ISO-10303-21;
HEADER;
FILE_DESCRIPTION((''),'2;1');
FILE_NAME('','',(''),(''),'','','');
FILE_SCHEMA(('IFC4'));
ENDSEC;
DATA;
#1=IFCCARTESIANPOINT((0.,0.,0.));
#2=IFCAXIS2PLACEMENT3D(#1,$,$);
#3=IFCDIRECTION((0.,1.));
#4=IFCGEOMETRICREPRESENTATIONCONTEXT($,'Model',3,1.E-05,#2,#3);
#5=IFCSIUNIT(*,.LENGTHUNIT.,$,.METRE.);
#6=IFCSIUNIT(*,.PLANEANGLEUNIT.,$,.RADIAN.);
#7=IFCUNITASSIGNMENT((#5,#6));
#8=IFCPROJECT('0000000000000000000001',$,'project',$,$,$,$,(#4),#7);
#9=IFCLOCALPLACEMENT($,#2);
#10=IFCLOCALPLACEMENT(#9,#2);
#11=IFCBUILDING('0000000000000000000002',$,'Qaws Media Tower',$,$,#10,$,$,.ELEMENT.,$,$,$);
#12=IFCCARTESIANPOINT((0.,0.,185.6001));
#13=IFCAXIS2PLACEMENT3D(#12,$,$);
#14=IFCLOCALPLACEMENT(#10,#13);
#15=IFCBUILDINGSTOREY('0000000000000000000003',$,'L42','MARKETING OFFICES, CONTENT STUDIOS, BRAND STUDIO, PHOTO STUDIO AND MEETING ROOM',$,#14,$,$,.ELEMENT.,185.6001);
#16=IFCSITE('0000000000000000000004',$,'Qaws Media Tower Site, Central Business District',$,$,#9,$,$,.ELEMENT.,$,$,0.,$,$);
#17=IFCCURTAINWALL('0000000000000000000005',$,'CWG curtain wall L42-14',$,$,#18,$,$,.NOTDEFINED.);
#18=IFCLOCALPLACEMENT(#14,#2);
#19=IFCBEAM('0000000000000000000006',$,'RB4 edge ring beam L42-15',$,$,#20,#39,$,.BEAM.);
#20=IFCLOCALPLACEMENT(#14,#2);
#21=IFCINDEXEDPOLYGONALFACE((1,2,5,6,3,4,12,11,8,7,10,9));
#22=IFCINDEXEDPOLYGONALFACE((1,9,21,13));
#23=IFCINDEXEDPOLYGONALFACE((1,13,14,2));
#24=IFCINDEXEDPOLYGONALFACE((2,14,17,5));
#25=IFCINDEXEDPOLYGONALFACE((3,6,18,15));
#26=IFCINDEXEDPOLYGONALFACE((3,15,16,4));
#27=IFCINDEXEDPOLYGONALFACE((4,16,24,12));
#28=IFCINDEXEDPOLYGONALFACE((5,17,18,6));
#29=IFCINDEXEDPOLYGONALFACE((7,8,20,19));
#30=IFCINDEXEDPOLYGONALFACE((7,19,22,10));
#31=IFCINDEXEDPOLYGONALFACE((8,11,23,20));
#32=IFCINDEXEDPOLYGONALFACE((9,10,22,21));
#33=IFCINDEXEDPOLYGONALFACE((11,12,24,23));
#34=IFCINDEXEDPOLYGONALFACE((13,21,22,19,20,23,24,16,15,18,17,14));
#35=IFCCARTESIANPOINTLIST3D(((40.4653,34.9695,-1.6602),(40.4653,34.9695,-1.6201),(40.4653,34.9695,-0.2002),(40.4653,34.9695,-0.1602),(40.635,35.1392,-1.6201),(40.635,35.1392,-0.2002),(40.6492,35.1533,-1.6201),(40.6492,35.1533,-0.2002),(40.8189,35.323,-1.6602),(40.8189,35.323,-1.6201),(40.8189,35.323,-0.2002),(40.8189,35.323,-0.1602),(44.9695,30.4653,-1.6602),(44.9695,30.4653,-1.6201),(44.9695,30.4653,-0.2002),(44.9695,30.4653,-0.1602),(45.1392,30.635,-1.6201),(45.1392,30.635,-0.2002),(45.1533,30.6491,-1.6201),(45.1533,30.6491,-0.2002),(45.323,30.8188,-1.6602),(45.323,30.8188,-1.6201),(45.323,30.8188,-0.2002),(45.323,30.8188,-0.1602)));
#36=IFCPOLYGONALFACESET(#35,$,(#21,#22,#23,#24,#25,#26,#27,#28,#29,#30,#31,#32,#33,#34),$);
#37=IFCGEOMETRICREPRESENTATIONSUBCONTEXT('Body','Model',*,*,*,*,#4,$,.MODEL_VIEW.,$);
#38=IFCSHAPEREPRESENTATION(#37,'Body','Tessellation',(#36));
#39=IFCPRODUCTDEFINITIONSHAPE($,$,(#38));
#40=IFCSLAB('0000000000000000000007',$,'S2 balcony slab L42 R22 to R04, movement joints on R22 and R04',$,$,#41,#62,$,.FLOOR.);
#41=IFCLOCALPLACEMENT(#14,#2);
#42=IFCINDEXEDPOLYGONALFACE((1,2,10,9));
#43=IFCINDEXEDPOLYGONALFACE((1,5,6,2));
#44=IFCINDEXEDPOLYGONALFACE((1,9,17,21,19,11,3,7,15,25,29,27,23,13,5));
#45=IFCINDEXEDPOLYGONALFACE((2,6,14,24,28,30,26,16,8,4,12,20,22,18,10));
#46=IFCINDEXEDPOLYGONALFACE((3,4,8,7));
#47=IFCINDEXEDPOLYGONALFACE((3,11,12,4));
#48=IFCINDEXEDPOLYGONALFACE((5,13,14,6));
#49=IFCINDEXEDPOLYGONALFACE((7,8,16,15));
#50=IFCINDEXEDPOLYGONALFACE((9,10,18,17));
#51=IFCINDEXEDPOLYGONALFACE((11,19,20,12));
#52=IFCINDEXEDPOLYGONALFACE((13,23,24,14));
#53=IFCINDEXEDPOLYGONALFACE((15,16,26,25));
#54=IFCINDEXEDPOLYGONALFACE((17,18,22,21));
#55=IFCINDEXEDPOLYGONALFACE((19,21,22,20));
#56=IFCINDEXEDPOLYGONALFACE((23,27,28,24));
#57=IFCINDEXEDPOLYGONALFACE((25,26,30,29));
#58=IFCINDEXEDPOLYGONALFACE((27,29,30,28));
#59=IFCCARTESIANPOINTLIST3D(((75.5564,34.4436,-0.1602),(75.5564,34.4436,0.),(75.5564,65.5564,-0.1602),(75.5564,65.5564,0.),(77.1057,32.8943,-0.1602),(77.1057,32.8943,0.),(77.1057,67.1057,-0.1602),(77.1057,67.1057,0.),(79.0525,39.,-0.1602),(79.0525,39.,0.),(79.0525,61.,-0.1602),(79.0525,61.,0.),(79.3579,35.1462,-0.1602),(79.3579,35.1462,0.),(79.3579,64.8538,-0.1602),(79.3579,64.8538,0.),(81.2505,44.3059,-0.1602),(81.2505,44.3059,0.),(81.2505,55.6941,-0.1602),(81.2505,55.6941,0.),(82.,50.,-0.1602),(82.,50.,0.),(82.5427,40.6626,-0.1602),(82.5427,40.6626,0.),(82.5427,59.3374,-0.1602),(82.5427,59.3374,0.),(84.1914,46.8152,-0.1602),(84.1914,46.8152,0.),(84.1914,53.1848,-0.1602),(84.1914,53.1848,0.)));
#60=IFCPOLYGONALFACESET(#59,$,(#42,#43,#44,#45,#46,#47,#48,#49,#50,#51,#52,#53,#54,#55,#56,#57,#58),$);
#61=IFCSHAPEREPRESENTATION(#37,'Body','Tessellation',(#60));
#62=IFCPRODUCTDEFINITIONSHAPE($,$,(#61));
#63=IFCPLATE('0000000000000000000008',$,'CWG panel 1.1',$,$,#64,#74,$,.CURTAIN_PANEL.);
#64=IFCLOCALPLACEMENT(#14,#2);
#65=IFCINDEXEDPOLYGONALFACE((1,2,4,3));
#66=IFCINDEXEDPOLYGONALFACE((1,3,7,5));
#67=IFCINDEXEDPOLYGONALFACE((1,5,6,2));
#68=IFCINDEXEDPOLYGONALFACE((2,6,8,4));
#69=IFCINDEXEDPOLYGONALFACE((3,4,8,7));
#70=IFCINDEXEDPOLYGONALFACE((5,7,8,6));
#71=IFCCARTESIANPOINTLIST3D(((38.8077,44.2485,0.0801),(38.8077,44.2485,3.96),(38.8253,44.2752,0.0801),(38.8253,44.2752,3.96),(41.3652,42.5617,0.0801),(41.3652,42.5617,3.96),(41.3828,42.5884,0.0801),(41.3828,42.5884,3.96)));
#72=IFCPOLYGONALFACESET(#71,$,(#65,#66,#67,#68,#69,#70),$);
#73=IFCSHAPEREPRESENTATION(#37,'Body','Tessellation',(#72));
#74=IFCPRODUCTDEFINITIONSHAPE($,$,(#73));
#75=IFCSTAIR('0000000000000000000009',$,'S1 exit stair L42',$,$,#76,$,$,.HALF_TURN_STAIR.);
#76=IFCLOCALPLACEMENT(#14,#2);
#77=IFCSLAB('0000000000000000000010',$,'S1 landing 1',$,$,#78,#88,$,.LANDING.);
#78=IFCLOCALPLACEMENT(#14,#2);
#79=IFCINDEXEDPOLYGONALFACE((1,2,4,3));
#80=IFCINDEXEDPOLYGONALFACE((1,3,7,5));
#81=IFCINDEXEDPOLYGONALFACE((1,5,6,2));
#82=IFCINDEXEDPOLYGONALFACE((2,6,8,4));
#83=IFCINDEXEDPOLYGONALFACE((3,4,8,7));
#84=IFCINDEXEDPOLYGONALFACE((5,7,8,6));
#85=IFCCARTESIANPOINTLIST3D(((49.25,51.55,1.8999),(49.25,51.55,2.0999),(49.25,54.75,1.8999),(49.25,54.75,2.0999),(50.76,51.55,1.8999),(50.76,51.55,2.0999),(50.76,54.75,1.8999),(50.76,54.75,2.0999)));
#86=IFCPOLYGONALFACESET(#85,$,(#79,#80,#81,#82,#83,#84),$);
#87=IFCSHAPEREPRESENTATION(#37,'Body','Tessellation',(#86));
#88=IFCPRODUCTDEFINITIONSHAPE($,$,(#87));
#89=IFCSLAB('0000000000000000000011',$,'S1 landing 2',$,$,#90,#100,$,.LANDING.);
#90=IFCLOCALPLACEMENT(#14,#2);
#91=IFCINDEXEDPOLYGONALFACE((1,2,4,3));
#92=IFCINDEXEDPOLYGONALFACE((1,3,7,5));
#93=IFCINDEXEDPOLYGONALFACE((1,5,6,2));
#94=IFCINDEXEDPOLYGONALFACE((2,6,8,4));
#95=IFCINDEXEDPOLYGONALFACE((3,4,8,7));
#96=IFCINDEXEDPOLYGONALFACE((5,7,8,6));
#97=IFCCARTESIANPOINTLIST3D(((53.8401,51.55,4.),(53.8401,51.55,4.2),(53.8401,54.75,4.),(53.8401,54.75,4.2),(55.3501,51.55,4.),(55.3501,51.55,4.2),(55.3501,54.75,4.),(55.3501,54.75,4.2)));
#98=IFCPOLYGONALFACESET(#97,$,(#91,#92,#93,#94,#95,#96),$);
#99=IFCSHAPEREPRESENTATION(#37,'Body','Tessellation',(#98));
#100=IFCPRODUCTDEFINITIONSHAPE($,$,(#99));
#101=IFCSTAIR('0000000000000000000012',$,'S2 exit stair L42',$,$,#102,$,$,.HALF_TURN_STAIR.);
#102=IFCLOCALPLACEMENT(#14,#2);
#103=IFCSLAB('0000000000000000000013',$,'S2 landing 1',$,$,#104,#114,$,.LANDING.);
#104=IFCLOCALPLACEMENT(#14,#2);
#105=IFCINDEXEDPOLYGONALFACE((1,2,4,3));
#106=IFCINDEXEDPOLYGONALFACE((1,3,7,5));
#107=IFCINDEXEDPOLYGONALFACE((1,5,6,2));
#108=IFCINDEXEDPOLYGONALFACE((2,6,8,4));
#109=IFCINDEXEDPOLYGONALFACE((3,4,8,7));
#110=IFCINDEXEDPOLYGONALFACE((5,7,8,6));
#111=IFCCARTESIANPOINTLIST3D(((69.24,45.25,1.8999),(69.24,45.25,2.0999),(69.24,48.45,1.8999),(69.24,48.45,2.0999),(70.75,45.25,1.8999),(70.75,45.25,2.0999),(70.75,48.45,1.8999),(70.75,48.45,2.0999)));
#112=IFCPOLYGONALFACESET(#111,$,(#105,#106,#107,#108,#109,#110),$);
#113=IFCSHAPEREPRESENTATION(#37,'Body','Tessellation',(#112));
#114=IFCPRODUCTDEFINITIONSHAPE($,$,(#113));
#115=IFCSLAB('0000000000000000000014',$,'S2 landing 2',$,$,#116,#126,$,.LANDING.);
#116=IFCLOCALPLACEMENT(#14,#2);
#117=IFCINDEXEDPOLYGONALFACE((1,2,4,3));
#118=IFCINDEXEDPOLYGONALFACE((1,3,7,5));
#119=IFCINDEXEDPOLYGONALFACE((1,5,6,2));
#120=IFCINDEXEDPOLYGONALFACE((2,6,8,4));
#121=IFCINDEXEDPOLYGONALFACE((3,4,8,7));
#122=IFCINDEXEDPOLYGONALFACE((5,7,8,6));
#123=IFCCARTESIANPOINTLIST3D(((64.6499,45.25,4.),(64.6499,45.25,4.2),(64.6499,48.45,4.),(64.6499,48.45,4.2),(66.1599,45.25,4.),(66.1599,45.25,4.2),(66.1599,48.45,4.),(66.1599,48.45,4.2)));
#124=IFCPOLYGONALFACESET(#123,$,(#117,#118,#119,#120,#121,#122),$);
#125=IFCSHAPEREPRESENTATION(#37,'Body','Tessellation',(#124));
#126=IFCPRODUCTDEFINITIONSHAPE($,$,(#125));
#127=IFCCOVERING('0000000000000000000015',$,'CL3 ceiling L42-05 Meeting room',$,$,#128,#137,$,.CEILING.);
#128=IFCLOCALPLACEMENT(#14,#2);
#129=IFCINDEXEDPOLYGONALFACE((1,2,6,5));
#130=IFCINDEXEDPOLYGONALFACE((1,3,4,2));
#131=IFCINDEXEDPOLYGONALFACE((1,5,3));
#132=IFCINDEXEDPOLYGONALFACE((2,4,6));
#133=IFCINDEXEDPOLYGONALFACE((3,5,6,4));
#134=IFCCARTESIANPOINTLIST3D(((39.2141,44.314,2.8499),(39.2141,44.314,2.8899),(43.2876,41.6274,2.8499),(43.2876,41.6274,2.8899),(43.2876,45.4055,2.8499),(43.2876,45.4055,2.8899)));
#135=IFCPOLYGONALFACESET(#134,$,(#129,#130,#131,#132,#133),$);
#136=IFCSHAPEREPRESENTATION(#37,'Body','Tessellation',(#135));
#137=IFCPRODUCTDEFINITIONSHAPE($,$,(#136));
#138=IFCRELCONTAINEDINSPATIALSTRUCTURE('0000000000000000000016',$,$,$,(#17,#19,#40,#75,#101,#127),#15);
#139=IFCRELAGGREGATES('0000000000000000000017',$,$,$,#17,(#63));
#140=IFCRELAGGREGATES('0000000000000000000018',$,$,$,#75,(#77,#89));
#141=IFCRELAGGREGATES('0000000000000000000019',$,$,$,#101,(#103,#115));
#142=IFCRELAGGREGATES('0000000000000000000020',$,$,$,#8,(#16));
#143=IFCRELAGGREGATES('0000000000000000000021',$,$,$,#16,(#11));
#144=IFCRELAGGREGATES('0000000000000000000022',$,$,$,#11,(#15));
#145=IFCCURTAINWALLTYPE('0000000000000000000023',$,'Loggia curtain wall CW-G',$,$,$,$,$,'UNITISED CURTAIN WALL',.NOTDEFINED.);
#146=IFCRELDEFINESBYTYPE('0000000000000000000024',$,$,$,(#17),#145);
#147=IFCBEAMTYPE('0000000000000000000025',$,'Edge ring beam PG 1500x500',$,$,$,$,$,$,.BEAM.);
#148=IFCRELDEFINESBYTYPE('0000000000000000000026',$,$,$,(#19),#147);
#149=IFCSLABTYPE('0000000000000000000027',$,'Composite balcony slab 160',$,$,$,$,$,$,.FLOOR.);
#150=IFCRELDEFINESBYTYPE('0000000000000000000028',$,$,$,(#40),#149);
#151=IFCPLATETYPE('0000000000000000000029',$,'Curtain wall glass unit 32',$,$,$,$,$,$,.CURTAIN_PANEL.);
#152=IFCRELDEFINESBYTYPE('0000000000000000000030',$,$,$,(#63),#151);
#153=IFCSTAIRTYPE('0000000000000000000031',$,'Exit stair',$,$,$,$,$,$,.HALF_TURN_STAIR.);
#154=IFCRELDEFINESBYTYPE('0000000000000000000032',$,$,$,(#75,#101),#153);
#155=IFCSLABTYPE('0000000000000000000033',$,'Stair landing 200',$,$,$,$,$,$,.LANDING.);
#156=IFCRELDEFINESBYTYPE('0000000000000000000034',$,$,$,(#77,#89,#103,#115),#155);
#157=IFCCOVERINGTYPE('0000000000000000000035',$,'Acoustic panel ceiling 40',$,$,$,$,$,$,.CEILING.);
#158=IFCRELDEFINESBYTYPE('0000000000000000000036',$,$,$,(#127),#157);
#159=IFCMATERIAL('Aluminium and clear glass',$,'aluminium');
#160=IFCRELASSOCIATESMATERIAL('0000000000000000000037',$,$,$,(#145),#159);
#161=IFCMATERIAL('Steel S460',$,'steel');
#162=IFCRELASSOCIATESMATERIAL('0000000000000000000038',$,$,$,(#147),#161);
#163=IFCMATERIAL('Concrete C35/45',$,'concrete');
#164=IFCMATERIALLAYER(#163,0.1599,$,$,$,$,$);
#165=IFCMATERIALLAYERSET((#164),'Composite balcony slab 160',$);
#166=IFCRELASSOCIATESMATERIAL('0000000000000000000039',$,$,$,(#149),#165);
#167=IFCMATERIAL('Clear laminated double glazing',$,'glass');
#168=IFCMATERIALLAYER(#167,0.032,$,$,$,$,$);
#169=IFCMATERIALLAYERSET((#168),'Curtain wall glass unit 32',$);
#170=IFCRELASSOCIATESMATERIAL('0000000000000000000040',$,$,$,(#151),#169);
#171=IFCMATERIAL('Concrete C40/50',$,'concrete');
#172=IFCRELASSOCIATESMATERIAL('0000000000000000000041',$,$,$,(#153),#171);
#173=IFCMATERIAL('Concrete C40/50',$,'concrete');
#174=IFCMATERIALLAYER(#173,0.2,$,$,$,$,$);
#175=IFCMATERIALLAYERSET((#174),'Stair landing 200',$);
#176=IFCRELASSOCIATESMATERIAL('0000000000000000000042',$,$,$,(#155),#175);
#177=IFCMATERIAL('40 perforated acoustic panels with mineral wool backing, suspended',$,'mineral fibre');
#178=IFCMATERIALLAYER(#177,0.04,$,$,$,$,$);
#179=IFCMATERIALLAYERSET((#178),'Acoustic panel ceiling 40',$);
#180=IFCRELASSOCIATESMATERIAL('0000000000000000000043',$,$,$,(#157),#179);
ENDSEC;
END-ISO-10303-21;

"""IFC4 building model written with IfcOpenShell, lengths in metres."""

from ifc_helpers import new_model, si_unit, direction, frame, origin, origin_2d, place, context, subcontext, project, spatial, polyline, rectangle, i_section, outline, extrude, material, layer, layer_set, material_profile, profile_set, type_object, element, aggregate, save


model = new_model("IFC4")

# Units and contexts
model_context = context("Model", 3, precision=1e-05, world=origin(), true_north=direction((0.0, 1.0)))
body_context = subcontext(model_context, "Body", "Model", "MODEL_VIEW")
ifc_project = project(units=[si_unit("LENGTHUNIT", "METRE"), si_unit("PLANEANGLEUNIT", "RADIAN")], contexts=[model_context])

# Site, building, storey
site_placement = place(None, origin())
site = spatial("IfcSite", under=ifc_project, at=site_placement, Name="Qaws Media Tower Site, Central Business District", CompositionType="ELEMENT", RefElevation=0.0)
building_placement = place(site_placement, origin())
building = spatial("IfcBuilding", under=site, at=building_placement, Name="Qaws Media Tower", CompositionType="ELEMENT")
storey_placement = place(building_placement, frame((0.0, 0.0, 185.6001)))
storey = spatial("IfcBuildingStorey", under=building, at=storey_placement, Name="L42", Description="MARKETING OFFICES, CONTENT STUDIOS, BRAND STUDIO, PHOTO STUDIO AND MEETING ROOM", CompositionType="ELEMENT", Elevation=185.6001)

# Curtain wall
ifc_material_1 = material(Name="Aluminium and clear glass", Category="aluminium")
curtain_wall_type = type_object("IfcCurtainWallType", Name="Loggia curtain wall CW-G", ElementType="UNITISED CURTAIN WALL", PredefinedType="NOTDEFINED", material=ifc_material_1)
curtain_wall_placement = place(storey_placement, origin())
curtain_wall = element("IfcCurtainWall", 1, at=curtain_wall_placement, inside=storey, type_object=curtain_wall_type, Name="CWG curtain wall L42-14", PredefinedType="NOTDEFINED")

# Beam
ifc_material_2 = material(Name="Steel S460", Category="steel")
ifc_material_profile_1 = material_profile(ifc_material_2, i_section(OverallWidth=0.5, OverallDepth=1.5, WebThickness=0.02, FlangeThickness=0.04, at=origin_2d()), Name="PG 1500x500")
ifc_profile_set_1 = profile_set([ifc_material_profile_1], Name="Steel S460")
beam_type = type_object("IfcBeamType", Name="Edge ring beam PG 1500x500", PredefinedType="BEAM", material=ifc_profile_set_1)
beam_1_placement = place(storey_placement, frame((40.6421, 35.1462, -0.9102), z_axis=(0.707107, -0.707107, 0.0), x_axis=(0.707107, 0.707107, 0.0)))
element("IfcBeam", 2, at=beam_1_placement, inside=storey, type_object=beam_type, Name="RB4 edge ring beam L42-15", PredefinedType="BEAM", context=body_context, shape_type="SweptSolid", body=[
    extrude(i_section(OverallWidth=0.5, OverallDepth=1.5, WebThickness=0.02, FlangeThickness=0.04, at=origin_2d()), origin(), (0.0, 0.0, 1.0), 6.3699),
])

# Slab
ifc_material_3 = material(Name="Concrete C35/45", Category="concrete")
ifc_layer_1 = layer(ifc_material_3, 0.1599)
ifc_layer_set_1 = layer_set([ifc_layer_1], Name="Composite balcony slab 160")
slab_type_1 = type_object("IfcSlabType", Name="Composite balcony slab 160", PredefinedType="FLOOR", material=ifc_layer_set_1)
slab_1_placement = place(storey_placement, frame((0.0, 0.0, -0.1602)))
element("IfcSlab", 3, at=slab_1_placement, inside=storey, type_object=slab_type_1, Name="S2 balcony slab L42 R22 to R04, movement joints on R22 and R04", PredefinedType="FLOOR", context=body_context, shape_type="SweptSolid", body=[
    extrude(outline(polyline([(82.5427, 40.6626), (79.3579, 35.1462), (77.1057, 32.8943), (75.5564, 34.4436), (79.0525, 39.0), (81.2505, 44.3059), (82.0, 50.0), (81.2505, 55.6941), (79.0525, 61.0), (75.5564, 65.5564), (77.1057, 67.1057), (79.3579, 64.8538), (82.5427, 59.3374), (84.1914, 53.1848), (84.1914, 46.8152), (82.5427, 40.6626)])), origin(), (0.0, 0.0, 1.0), 0.1602),
])

# Plate
ifc_material_4 = material(Name="Clear laminated double glazing", Category="glass")
ifc_layer_2 = layer(ifc_material_4, 0.032)
ifc_layer_set_2 = layer_set([ifc_layer_2], Name="Curtain wall glass unit 32")
plate_type = type_object("IfcPlateType", Name="Curtain wall glass unit 32", PredefinedType="CURTAIN_PANEL", material=ifc_layer_set_2)
plate_placement = place(storey_placement, frame((40.0952, 43.4185, 0.0801), z_axis=(0.0, 0.0, 1.0), x_axis=(0.834772, -0.550596, 0.0)))
plate = element("IfcPlate", 4, at=plate_placement, type_object=plate_type, Name="CWG panel 1.1", PredefinedType="CURTAIN_PANEL", context=body_context, shape_type="SweptSolid", body=[
    extrude(rectangle(XDim=3.0637, YDim=0.032, at=origin_2d()), origin(), (0.0, 0.0, 1.0), 3.8799),
])
aggregate(curtain_wall, [plate])

# Stairs, slabs
ifc_material_5 = material(Name="Concrete C40/50", Category="concrete")
stair_type = type_object("IfcStairType", Name="Exit stair", PredefinedType="HALF_TURN_STAIR", material=ifc_material_5)
stair_1_placement = place(storey_placement, origin())
stair_1 = element("IfcStair", 5, at=stair_1_placement, inside=storey, type_object=stair_type, Name="S1 exit stair L42", PredefinedType="HALF_TURN_STAIR")
ifc_material_6 = material(Name="Concrete C40/50", Category="concrete")
ifc_layer_3 = layer(ifc_material_6, 0.2)
ifc_layer_set_3 = layer_set([ifc_layer_3], Name="Stair landing 200")
slab_type_2 = type_object("IfcSlabType", Name="Stair landing 200", PredefinedType="LANDING", material=ifc_layer_set_3)
slab_2_placement = place(storey_placement, frame((0.0, 0.0, 1.8999)))
slab_2 = element("IfcSlab", 6, at=slab_2_placement, type_object=slab_type_2, Name="S1 landing 1", PredefinedType="LANDING", context=body_context, shape_type="SweptSolid", body=[
    extrude(outline(polyline([(49.25, 51.55), (50.76, 51.55), (50.76, 54.75), (49.25, 54.75), (49.25, 51.55)])), origin(), (0.0, 0.0, 1.0), 0.2),
])
slab_3_placement = place(storey_placement, frame((0.0, 0.0, 4.0)))
slab_3 = element("IfcSlab", 7, at=slab_3_placement, type_object=slab_type_2, Name="S1 landing 2", PredefinedType="LANDING", context=body_context, shape_type="SweptSolid", body=[
    extrude(outline(polyline([(53.8401, 51.55), (55.3501, 51.55), (55.3501, 54.75), (53.8401, 54.75), (53.8401, 51.55)])), origin(), (0.0, 0.0, 1.0), 0.2),
])
aggregate(stair_1, [slab_2, slab_3])
stair_2_placement = place(storey_placement, origin())
stair_2 = element("IfcStair", 8, at=stair_2_placement, inside=storey, type_object=stair_type, Name="S2 exit stair L42", PredefinedType="HALF_TURN_STAIR")
slab_4_placement = place(storey_placement, frame((0.0, 0.0, 1.8999)))
slab_4 = element("IfcSlab", 9, at=slab_4_placement, type_object=slab_type_2, Name="S2 landing 1", PredefinedType="LANDING", context=body_context, shape_type="SweptSolid", body=[
    extrude(outline(polyline([(69.24, 45.25), (70.75, 45.25), (70.75, 48.45), (69.24, 48.45), (69.24, 45.25)])), origin(), (0.0, 0.0, 1.0), 0.2),
])
slab_5_placement = place(storey_placement, frame((0.0, 0.0, 4.0)))
slab_5 = element("IfcSlab", 10, at=slab_5_placement, type_object=slab_type_2, Name="S2 landing 2", PredefinedType="LANDING", context=body_context, shape_type="SweptSolid", body=[
    extrude(outline(polyline([(64.6499, 45.25), (66.1599, 45.25), (66.1599, 48.45), (64.6499, 48.45), (64.6499, 45.25)])), origin(), (0.0, 0.0, 1.0), 0.2),
])
aggregate(stair_2, [slab_4, slab_5])

# Covering
ifc_material_7 = material(Name="40 perforated acoustic panels with mineral wool backing, suspended", Category="mineral fibre")
ifc_layer_4 = layer(ifc_material_7, 0.04)
ifc_layer_set_4 = layer_set([ifc_layer_4], Name="Acoustic panel ceiling 40")
covering_type_1 = type_object("IfcCoveringType", Name="Acoustic panel ceiling 40", PredefinedType="CEILING", material=ifc_layer_set_4)
covering_1_placement = place(storey_placement, frame((0.0, 0.0, 2.8499)))
element("IfcCovering", 11, at=covering_1_placement, inside=storey, type_object=covering_type_1, Name="CL3 ceiling L42-05 Meeting room", PredefinedType="CEILING", context=body_context, shape_type="SweptSolid", body=[
    extrude(outline(polyline([(43.2876, 45.4055), (43.2876, 41.6274), (39.2141, 44.314), (43.2876, 45.4055)])), origin(), (0.0, 0.0, 1.0), 0.04),
])

save(model, "model.ifc")
